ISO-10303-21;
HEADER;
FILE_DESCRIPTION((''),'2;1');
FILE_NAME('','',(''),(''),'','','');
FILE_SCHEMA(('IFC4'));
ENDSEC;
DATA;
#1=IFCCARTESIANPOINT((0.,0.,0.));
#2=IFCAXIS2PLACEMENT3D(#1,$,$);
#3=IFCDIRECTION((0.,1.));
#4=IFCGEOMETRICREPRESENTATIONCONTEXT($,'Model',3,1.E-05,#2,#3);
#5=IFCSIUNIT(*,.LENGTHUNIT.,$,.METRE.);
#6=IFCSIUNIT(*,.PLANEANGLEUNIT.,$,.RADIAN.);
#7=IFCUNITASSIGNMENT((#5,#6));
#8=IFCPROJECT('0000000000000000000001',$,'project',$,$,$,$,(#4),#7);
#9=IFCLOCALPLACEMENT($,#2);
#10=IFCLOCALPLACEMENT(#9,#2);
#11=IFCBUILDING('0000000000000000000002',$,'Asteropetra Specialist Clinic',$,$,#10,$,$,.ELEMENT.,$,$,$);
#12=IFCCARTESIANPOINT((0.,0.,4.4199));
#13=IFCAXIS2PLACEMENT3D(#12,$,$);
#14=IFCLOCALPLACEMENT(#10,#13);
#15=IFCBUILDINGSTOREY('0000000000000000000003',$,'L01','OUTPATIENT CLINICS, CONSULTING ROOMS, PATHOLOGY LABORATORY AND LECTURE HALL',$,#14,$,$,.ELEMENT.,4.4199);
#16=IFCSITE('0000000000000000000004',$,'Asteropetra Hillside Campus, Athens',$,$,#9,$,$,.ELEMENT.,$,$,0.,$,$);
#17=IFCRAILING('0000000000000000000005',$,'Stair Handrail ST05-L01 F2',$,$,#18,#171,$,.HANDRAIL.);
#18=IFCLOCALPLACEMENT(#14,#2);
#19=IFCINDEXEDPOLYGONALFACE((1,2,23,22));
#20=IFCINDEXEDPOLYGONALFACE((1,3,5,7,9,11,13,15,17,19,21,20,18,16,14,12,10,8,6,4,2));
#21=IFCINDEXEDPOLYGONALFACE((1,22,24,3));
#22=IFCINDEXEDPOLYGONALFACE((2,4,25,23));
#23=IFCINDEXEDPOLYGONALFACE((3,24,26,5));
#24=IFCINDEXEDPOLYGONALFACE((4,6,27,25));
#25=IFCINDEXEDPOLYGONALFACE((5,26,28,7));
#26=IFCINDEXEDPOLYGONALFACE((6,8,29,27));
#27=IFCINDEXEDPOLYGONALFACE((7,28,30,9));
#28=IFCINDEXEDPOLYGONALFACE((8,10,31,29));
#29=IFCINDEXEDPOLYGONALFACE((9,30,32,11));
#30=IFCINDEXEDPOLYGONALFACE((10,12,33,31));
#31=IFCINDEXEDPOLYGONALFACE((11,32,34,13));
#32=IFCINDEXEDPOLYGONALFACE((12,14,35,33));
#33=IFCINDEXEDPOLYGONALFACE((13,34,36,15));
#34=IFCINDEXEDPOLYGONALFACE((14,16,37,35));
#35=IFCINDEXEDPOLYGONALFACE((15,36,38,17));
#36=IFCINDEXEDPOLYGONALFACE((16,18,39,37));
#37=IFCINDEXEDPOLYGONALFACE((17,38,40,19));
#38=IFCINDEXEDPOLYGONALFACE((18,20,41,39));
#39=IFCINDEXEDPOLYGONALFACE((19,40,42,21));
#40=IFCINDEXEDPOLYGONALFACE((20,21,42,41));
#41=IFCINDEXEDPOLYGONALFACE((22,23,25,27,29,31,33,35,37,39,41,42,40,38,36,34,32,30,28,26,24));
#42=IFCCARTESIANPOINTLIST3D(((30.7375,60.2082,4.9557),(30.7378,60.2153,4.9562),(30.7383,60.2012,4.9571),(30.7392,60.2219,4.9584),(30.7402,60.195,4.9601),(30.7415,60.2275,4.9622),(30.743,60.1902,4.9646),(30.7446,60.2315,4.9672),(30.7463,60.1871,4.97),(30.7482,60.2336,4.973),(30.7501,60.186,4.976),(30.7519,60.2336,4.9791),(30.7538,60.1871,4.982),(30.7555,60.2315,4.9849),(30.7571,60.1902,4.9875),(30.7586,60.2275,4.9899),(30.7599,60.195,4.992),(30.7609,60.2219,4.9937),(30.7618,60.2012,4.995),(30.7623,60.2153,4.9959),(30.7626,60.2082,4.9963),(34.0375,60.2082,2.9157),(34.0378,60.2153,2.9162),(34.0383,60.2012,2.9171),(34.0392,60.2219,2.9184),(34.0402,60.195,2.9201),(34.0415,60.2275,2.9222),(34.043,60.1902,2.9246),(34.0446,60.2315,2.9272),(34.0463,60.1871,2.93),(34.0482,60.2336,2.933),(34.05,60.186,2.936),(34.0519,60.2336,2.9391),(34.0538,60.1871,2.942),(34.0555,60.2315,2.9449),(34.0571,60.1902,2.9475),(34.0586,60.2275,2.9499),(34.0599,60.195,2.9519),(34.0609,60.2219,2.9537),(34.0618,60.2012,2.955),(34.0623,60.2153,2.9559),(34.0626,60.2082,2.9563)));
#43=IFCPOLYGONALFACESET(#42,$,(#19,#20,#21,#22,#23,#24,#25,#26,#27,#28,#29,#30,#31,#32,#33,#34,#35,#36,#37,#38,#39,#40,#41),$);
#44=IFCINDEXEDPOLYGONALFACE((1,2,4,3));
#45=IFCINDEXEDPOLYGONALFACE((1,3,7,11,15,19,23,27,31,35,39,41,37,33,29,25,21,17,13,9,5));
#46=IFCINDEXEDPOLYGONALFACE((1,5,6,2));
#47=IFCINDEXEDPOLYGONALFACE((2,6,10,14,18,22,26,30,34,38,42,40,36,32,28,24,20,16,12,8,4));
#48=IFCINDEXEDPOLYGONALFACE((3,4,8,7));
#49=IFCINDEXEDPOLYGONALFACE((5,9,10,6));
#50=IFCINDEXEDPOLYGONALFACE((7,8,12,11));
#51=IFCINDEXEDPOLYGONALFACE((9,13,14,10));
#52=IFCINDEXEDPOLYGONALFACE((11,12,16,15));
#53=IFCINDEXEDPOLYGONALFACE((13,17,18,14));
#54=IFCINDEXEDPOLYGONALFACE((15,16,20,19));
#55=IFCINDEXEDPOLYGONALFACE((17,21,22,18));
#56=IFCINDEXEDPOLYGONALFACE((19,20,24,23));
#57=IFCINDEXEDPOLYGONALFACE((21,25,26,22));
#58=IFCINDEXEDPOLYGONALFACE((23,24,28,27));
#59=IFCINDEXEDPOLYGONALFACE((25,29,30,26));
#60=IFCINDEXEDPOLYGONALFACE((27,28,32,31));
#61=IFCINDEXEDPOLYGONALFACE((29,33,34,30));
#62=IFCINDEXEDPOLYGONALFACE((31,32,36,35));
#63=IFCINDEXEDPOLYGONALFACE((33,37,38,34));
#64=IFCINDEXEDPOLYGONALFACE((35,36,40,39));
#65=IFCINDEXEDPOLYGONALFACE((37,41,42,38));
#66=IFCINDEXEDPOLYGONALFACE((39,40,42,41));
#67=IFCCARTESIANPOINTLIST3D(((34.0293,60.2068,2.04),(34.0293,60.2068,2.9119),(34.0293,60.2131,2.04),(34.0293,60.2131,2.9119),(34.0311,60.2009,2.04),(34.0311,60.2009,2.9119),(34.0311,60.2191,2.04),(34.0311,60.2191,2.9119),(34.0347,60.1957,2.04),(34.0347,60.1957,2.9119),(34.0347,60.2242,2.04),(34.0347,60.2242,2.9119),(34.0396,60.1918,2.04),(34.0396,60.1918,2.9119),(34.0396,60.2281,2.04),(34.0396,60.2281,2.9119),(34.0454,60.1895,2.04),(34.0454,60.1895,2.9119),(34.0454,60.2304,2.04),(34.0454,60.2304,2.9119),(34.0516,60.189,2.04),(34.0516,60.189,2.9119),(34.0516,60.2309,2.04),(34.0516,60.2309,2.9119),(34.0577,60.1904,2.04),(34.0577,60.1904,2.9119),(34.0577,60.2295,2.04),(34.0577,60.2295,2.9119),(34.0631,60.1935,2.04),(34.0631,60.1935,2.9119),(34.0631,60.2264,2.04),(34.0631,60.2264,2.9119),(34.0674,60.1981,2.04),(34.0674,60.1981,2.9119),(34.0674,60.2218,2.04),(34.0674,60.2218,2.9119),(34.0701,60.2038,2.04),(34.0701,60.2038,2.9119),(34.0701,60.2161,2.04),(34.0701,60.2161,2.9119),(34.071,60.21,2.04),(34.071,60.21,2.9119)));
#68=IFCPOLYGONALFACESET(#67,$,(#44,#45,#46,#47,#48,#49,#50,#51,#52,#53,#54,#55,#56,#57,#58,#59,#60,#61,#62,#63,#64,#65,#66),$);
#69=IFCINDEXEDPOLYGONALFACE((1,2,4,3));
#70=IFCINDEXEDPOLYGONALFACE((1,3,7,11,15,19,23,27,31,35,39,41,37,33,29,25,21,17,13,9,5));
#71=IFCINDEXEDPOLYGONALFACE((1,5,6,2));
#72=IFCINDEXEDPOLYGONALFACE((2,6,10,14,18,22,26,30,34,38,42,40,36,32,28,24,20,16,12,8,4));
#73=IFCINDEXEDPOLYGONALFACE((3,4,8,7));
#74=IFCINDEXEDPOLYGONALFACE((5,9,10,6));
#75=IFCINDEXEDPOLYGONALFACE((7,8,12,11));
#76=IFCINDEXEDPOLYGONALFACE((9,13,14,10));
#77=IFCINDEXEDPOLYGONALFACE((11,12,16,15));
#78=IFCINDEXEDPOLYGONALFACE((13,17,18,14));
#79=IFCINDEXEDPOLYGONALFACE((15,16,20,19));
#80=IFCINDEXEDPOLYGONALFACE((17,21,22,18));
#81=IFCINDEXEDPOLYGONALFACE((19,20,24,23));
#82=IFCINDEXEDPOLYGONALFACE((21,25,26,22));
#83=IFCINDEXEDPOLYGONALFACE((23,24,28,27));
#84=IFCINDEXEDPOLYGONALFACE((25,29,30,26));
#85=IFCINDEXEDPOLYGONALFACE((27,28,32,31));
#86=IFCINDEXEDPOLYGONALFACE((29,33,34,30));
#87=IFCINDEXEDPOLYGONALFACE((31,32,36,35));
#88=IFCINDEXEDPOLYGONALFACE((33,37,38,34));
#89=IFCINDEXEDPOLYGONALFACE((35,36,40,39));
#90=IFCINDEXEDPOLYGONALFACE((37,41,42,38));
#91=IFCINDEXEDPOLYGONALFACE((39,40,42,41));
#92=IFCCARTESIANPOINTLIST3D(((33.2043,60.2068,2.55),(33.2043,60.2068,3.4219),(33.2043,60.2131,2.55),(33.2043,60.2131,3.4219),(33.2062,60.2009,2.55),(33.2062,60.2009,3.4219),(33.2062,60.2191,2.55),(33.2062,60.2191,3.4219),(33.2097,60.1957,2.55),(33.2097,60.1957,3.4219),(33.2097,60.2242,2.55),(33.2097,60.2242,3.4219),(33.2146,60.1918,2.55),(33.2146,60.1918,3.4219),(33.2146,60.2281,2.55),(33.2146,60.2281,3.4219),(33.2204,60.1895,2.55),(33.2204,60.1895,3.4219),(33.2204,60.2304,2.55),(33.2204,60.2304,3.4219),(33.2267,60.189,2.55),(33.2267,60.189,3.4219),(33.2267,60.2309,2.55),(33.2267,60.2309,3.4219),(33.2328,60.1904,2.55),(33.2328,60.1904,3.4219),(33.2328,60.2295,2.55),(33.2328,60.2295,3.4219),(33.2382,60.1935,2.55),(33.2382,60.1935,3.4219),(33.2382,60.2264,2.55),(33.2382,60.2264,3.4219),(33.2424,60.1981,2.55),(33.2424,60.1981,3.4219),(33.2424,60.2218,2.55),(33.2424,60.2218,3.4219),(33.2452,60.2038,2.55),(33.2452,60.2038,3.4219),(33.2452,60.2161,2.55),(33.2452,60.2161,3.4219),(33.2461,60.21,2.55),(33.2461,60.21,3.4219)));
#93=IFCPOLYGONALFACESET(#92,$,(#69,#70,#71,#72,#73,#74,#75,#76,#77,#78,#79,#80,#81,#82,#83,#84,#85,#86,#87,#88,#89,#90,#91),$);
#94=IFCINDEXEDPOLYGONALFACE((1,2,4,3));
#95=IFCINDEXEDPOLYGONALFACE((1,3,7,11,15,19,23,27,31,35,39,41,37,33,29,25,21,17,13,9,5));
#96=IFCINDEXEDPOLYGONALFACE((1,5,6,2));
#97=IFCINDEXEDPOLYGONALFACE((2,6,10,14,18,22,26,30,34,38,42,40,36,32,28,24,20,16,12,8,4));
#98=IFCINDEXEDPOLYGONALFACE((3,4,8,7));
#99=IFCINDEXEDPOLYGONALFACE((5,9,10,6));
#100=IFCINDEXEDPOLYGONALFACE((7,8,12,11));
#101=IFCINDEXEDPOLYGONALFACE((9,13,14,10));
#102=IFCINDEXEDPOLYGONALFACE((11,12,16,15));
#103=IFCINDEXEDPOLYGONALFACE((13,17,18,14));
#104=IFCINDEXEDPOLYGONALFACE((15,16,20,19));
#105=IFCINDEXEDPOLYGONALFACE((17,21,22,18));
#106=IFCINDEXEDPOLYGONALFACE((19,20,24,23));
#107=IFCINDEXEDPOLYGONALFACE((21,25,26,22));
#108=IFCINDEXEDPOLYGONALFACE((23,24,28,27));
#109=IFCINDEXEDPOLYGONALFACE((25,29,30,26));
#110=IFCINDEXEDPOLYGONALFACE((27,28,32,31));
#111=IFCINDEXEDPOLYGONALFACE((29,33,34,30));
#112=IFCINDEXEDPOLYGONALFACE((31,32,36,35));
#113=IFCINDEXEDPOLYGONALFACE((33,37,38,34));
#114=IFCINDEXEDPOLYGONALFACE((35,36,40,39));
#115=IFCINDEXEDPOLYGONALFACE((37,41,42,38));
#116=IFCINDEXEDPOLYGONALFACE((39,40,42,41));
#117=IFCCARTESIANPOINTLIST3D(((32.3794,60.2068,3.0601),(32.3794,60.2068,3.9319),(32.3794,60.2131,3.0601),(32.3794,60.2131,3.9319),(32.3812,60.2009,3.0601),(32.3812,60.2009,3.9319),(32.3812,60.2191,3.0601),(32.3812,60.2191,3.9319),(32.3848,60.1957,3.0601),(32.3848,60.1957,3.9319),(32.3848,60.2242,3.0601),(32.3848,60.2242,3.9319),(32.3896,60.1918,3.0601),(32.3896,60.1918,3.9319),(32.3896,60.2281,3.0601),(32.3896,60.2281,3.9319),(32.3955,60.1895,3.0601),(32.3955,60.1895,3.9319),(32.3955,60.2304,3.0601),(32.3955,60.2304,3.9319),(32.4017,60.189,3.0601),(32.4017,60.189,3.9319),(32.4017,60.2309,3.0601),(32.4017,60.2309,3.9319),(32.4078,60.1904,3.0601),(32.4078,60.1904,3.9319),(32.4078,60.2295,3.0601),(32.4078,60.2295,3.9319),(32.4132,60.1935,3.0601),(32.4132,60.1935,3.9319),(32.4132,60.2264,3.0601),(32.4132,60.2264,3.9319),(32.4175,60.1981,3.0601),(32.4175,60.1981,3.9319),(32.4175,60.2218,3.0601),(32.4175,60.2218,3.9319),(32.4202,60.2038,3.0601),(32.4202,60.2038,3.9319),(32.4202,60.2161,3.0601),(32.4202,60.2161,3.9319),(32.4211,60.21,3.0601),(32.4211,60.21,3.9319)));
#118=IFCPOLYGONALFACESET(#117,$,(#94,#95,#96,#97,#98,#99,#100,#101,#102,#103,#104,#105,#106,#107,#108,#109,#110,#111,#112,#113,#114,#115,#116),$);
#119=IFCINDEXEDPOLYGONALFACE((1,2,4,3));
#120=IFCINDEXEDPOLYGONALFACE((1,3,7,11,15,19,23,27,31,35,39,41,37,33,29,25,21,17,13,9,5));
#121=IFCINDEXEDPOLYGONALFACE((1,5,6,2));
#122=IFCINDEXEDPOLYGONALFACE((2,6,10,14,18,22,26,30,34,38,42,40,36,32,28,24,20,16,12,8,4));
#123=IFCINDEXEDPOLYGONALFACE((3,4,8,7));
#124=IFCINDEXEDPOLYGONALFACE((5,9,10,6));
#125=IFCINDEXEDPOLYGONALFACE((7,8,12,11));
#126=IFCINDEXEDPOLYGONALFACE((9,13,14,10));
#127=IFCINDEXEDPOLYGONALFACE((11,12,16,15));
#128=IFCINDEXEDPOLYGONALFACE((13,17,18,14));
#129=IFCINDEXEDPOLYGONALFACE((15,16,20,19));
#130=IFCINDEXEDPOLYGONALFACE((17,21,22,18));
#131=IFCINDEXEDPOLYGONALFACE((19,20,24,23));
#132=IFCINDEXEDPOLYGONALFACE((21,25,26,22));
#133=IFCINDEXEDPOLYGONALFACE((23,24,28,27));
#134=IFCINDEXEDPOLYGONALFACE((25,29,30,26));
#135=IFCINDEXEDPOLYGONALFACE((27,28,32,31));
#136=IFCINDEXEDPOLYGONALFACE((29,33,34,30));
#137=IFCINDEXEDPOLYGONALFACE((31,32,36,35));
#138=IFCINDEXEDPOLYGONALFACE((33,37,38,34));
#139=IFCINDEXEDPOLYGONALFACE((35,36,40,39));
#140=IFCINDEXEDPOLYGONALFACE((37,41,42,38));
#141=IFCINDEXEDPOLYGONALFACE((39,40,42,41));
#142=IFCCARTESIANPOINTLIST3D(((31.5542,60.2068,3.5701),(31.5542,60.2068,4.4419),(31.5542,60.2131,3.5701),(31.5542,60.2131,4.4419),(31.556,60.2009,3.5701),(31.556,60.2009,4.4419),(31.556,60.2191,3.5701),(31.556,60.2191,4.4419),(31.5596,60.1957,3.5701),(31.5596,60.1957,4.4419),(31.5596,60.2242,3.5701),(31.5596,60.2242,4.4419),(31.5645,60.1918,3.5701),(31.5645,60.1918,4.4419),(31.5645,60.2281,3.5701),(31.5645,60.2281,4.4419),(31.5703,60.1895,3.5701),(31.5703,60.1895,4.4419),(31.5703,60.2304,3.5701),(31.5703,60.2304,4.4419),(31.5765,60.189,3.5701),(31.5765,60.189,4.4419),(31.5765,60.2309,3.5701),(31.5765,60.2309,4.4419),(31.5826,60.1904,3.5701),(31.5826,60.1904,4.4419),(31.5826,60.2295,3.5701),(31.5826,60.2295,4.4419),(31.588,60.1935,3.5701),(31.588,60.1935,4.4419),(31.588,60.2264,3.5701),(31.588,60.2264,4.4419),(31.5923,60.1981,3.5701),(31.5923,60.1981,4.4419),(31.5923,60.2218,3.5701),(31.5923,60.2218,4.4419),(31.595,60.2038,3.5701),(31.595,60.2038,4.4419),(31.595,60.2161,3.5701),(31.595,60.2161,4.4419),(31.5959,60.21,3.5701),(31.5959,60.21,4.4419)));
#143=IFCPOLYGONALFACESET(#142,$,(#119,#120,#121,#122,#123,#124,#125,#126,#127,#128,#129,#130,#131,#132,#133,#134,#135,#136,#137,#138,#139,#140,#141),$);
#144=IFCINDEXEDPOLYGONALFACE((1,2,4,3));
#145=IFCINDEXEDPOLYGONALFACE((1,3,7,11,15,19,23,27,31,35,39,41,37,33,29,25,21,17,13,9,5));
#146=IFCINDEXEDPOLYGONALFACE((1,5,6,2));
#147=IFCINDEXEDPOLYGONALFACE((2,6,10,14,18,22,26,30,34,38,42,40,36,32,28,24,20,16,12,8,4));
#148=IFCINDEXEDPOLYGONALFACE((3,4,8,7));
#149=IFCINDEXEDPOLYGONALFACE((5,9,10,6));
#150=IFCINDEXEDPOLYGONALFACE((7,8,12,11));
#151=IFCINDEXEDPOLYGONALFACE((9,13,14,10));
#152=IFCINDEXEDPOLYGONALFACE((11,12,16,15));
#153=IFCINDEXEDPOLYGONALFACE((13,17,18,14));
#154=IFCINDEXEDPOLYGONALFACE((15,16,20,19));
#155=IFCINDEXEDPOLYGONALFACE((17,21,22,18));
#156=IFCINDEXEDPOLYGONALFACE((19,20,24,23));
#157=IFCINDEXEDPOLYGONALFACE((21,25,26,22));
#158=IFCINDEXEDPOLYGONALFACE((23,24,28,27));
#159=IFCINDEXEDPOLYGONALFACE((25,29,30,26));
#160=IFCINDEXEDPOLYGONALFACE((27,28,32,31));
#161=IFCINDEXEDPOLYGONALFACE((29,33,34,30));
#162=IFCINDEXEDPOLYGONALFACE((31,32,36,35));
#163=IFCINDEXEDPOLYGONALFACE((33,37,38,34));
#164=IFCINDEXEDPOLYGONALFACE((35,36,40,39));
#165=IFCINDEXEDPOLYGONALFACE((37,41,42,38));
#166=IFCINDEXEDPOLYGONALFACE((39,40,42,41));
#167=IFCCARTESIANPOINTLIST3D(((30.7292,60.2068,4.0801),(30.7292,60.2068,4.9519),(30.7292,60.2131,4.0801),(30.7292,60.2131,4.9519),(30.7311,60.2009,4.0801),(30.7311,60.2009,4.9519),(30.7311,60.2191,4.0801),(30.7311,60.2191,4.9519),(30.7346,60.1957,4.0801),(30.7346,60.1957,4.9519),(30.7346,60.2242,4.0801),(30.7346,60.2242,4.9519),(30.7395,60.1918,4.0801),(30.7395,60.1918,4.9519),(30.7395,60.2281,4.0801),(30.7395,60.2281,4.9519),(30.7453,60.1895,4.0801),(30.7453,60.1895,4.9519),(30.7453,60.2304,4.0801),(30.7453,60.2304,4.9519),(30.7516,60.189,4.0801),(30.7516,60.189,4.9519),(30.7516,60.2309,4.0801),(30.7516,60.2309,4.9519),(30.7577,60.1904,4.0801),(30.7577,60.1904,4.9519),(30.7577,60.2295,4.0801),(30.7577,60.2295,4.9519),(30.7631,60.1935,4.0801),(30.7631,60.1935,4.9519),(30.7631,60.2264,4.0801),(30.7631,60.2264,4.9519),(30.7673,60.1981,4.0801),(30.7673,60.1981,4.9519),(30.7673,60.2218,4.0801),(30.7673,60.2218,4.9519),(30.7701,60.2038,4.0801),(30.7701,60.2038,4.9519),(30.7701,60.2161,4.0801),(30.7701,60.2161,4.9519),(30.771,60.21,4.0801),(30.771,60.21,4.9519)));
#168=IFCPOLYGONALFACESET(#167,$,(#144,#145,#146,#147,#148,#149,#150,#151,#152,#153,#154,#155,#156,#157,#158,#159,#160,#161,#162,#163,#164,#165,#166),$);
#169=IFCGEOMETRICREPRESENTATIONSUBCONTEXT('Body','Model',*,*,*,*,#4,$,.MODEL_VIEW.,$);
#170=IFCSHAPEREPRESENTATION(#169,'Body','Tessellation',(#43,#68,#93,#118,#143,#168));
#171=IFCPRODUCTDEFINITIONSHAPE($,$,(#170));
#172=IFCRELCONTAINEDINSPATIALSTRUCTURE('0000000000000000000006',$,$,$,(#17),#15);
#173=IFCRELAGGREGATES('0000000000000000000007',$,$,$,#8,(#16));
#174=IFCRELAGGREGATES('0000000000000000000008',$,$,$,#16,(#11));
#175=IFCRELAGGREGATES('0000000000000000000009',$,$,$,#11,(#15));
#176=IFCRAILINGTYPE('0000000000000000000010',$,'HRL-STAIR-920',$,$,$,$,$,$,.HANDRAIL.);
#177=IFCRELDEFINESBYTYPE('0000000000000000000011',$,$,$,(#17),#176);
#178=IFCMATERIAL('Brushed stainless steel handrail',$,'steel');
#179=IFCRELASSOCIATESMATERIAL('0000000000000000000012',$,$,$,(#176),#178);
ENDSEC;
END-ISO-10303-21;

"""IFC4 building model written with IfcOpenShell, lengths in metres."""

from ifc_helpers import new_model, si_unit, direction, frame, origin, origin_2d, place, context, subcontext, project, spatial, circle, extrude, material, type_object, element, save


model = new_model("IFC4")

# Units and contexts
model_context = context("Model", 3, precision=1e-05, world=origin(), true_north=direction((0.0, 1.0)))
body_context = subcontext(model_context, "Body", "Model", "MODEL_VIEW")
ifc_project = project(units=[si_unit("LENGTHUNIT", "METRE"), si_unit("PLANEANGLEUNIT", "RADIAN")], contexts=[model_context])

# Site, building, storey
site_placement = place(None, origin())
site = spatial("IfcSite", under=ifc_project, at=site_placement, Name="Asteropetra Hillside Campus, Athens", CompositionType="ELEMENT", RefElevation=0.0)
building_placement = place(site_placement, origin())
building = spatial("IfcBuilding", under=site, at=building_placement, Name="Asteropetra Specialist Clinic", CompositionType="ELEMENT")
storey_placement = place(building_placement, frame((0.0, 0.0, 4.4199)))
storey = spatial("IfcBuildingStorey", under=building, at=storey_placement, Name="L01", Description="OUTPATIENT CLINICS, CONSULTING ROOMS, PATHOLOGY LABORATORY AND LECTURE HALL", CompositionType="ELEMENT", Elevation=4.4199)

# Railing
ifc_material_1 = material(Name="Brushed stainless steel handrail", Category="steel")
railing_type_1 = type_object("IfcRailingType", Name="HRL-STAIR-920", PredefinedType="HANDRAIL", material=ifc_material_1)
railing_1_placement = place(storey_placement, frame((34.05, 60.21, 2.04)))
element("IfcRailing", 1, at=railing_1_placement, inside=storey, type_object=railing_type_1, Name="Stair Handrail ST05-L01 F2", PredefinedType="HANDRAIL", context=body_context, shape_type="SweptSolid", body=[
    extrude(circle(Radius=0.0239, at=origin_2d()), frame((0.0, 0.0, 0.896), z_axis=(-0.850594, 0.0, 0.525824), x_axis=(0.0, -1.0, 0.0)), (0.0, 0.0, 1.0), 3.8796),
    extrude(circle(Radius=0.021, at=origin_2d()), origin(), (0.0, 0.0, 1.0), 0.8718),
    extrude(circle(Radius=0.021, at=origin_2d()), frame((-0.825, 0.0, 0.51)), (0.0, 0.0, 1.0), 0.8718),
    extrude(circle(Radius=0.021, at=origin_2d()), frame((-1.6499, 0.0, 1.02)), (0.0, 0.0, 1.0), 0.8718),
    extrude(circle(Radius=0.021, at=origin_2d()), frame((-2.4751, 0.0, 1.53)), (0.0, 0.0, 1.0), 0.8718),
    extrude(circle(Radius=0.021, at=origin_2d()), frame((-3.3, 0.0, 2.04)), (0.0, 0.0, 1.0), 0.8718),
])

save(model, "model.ifc")
